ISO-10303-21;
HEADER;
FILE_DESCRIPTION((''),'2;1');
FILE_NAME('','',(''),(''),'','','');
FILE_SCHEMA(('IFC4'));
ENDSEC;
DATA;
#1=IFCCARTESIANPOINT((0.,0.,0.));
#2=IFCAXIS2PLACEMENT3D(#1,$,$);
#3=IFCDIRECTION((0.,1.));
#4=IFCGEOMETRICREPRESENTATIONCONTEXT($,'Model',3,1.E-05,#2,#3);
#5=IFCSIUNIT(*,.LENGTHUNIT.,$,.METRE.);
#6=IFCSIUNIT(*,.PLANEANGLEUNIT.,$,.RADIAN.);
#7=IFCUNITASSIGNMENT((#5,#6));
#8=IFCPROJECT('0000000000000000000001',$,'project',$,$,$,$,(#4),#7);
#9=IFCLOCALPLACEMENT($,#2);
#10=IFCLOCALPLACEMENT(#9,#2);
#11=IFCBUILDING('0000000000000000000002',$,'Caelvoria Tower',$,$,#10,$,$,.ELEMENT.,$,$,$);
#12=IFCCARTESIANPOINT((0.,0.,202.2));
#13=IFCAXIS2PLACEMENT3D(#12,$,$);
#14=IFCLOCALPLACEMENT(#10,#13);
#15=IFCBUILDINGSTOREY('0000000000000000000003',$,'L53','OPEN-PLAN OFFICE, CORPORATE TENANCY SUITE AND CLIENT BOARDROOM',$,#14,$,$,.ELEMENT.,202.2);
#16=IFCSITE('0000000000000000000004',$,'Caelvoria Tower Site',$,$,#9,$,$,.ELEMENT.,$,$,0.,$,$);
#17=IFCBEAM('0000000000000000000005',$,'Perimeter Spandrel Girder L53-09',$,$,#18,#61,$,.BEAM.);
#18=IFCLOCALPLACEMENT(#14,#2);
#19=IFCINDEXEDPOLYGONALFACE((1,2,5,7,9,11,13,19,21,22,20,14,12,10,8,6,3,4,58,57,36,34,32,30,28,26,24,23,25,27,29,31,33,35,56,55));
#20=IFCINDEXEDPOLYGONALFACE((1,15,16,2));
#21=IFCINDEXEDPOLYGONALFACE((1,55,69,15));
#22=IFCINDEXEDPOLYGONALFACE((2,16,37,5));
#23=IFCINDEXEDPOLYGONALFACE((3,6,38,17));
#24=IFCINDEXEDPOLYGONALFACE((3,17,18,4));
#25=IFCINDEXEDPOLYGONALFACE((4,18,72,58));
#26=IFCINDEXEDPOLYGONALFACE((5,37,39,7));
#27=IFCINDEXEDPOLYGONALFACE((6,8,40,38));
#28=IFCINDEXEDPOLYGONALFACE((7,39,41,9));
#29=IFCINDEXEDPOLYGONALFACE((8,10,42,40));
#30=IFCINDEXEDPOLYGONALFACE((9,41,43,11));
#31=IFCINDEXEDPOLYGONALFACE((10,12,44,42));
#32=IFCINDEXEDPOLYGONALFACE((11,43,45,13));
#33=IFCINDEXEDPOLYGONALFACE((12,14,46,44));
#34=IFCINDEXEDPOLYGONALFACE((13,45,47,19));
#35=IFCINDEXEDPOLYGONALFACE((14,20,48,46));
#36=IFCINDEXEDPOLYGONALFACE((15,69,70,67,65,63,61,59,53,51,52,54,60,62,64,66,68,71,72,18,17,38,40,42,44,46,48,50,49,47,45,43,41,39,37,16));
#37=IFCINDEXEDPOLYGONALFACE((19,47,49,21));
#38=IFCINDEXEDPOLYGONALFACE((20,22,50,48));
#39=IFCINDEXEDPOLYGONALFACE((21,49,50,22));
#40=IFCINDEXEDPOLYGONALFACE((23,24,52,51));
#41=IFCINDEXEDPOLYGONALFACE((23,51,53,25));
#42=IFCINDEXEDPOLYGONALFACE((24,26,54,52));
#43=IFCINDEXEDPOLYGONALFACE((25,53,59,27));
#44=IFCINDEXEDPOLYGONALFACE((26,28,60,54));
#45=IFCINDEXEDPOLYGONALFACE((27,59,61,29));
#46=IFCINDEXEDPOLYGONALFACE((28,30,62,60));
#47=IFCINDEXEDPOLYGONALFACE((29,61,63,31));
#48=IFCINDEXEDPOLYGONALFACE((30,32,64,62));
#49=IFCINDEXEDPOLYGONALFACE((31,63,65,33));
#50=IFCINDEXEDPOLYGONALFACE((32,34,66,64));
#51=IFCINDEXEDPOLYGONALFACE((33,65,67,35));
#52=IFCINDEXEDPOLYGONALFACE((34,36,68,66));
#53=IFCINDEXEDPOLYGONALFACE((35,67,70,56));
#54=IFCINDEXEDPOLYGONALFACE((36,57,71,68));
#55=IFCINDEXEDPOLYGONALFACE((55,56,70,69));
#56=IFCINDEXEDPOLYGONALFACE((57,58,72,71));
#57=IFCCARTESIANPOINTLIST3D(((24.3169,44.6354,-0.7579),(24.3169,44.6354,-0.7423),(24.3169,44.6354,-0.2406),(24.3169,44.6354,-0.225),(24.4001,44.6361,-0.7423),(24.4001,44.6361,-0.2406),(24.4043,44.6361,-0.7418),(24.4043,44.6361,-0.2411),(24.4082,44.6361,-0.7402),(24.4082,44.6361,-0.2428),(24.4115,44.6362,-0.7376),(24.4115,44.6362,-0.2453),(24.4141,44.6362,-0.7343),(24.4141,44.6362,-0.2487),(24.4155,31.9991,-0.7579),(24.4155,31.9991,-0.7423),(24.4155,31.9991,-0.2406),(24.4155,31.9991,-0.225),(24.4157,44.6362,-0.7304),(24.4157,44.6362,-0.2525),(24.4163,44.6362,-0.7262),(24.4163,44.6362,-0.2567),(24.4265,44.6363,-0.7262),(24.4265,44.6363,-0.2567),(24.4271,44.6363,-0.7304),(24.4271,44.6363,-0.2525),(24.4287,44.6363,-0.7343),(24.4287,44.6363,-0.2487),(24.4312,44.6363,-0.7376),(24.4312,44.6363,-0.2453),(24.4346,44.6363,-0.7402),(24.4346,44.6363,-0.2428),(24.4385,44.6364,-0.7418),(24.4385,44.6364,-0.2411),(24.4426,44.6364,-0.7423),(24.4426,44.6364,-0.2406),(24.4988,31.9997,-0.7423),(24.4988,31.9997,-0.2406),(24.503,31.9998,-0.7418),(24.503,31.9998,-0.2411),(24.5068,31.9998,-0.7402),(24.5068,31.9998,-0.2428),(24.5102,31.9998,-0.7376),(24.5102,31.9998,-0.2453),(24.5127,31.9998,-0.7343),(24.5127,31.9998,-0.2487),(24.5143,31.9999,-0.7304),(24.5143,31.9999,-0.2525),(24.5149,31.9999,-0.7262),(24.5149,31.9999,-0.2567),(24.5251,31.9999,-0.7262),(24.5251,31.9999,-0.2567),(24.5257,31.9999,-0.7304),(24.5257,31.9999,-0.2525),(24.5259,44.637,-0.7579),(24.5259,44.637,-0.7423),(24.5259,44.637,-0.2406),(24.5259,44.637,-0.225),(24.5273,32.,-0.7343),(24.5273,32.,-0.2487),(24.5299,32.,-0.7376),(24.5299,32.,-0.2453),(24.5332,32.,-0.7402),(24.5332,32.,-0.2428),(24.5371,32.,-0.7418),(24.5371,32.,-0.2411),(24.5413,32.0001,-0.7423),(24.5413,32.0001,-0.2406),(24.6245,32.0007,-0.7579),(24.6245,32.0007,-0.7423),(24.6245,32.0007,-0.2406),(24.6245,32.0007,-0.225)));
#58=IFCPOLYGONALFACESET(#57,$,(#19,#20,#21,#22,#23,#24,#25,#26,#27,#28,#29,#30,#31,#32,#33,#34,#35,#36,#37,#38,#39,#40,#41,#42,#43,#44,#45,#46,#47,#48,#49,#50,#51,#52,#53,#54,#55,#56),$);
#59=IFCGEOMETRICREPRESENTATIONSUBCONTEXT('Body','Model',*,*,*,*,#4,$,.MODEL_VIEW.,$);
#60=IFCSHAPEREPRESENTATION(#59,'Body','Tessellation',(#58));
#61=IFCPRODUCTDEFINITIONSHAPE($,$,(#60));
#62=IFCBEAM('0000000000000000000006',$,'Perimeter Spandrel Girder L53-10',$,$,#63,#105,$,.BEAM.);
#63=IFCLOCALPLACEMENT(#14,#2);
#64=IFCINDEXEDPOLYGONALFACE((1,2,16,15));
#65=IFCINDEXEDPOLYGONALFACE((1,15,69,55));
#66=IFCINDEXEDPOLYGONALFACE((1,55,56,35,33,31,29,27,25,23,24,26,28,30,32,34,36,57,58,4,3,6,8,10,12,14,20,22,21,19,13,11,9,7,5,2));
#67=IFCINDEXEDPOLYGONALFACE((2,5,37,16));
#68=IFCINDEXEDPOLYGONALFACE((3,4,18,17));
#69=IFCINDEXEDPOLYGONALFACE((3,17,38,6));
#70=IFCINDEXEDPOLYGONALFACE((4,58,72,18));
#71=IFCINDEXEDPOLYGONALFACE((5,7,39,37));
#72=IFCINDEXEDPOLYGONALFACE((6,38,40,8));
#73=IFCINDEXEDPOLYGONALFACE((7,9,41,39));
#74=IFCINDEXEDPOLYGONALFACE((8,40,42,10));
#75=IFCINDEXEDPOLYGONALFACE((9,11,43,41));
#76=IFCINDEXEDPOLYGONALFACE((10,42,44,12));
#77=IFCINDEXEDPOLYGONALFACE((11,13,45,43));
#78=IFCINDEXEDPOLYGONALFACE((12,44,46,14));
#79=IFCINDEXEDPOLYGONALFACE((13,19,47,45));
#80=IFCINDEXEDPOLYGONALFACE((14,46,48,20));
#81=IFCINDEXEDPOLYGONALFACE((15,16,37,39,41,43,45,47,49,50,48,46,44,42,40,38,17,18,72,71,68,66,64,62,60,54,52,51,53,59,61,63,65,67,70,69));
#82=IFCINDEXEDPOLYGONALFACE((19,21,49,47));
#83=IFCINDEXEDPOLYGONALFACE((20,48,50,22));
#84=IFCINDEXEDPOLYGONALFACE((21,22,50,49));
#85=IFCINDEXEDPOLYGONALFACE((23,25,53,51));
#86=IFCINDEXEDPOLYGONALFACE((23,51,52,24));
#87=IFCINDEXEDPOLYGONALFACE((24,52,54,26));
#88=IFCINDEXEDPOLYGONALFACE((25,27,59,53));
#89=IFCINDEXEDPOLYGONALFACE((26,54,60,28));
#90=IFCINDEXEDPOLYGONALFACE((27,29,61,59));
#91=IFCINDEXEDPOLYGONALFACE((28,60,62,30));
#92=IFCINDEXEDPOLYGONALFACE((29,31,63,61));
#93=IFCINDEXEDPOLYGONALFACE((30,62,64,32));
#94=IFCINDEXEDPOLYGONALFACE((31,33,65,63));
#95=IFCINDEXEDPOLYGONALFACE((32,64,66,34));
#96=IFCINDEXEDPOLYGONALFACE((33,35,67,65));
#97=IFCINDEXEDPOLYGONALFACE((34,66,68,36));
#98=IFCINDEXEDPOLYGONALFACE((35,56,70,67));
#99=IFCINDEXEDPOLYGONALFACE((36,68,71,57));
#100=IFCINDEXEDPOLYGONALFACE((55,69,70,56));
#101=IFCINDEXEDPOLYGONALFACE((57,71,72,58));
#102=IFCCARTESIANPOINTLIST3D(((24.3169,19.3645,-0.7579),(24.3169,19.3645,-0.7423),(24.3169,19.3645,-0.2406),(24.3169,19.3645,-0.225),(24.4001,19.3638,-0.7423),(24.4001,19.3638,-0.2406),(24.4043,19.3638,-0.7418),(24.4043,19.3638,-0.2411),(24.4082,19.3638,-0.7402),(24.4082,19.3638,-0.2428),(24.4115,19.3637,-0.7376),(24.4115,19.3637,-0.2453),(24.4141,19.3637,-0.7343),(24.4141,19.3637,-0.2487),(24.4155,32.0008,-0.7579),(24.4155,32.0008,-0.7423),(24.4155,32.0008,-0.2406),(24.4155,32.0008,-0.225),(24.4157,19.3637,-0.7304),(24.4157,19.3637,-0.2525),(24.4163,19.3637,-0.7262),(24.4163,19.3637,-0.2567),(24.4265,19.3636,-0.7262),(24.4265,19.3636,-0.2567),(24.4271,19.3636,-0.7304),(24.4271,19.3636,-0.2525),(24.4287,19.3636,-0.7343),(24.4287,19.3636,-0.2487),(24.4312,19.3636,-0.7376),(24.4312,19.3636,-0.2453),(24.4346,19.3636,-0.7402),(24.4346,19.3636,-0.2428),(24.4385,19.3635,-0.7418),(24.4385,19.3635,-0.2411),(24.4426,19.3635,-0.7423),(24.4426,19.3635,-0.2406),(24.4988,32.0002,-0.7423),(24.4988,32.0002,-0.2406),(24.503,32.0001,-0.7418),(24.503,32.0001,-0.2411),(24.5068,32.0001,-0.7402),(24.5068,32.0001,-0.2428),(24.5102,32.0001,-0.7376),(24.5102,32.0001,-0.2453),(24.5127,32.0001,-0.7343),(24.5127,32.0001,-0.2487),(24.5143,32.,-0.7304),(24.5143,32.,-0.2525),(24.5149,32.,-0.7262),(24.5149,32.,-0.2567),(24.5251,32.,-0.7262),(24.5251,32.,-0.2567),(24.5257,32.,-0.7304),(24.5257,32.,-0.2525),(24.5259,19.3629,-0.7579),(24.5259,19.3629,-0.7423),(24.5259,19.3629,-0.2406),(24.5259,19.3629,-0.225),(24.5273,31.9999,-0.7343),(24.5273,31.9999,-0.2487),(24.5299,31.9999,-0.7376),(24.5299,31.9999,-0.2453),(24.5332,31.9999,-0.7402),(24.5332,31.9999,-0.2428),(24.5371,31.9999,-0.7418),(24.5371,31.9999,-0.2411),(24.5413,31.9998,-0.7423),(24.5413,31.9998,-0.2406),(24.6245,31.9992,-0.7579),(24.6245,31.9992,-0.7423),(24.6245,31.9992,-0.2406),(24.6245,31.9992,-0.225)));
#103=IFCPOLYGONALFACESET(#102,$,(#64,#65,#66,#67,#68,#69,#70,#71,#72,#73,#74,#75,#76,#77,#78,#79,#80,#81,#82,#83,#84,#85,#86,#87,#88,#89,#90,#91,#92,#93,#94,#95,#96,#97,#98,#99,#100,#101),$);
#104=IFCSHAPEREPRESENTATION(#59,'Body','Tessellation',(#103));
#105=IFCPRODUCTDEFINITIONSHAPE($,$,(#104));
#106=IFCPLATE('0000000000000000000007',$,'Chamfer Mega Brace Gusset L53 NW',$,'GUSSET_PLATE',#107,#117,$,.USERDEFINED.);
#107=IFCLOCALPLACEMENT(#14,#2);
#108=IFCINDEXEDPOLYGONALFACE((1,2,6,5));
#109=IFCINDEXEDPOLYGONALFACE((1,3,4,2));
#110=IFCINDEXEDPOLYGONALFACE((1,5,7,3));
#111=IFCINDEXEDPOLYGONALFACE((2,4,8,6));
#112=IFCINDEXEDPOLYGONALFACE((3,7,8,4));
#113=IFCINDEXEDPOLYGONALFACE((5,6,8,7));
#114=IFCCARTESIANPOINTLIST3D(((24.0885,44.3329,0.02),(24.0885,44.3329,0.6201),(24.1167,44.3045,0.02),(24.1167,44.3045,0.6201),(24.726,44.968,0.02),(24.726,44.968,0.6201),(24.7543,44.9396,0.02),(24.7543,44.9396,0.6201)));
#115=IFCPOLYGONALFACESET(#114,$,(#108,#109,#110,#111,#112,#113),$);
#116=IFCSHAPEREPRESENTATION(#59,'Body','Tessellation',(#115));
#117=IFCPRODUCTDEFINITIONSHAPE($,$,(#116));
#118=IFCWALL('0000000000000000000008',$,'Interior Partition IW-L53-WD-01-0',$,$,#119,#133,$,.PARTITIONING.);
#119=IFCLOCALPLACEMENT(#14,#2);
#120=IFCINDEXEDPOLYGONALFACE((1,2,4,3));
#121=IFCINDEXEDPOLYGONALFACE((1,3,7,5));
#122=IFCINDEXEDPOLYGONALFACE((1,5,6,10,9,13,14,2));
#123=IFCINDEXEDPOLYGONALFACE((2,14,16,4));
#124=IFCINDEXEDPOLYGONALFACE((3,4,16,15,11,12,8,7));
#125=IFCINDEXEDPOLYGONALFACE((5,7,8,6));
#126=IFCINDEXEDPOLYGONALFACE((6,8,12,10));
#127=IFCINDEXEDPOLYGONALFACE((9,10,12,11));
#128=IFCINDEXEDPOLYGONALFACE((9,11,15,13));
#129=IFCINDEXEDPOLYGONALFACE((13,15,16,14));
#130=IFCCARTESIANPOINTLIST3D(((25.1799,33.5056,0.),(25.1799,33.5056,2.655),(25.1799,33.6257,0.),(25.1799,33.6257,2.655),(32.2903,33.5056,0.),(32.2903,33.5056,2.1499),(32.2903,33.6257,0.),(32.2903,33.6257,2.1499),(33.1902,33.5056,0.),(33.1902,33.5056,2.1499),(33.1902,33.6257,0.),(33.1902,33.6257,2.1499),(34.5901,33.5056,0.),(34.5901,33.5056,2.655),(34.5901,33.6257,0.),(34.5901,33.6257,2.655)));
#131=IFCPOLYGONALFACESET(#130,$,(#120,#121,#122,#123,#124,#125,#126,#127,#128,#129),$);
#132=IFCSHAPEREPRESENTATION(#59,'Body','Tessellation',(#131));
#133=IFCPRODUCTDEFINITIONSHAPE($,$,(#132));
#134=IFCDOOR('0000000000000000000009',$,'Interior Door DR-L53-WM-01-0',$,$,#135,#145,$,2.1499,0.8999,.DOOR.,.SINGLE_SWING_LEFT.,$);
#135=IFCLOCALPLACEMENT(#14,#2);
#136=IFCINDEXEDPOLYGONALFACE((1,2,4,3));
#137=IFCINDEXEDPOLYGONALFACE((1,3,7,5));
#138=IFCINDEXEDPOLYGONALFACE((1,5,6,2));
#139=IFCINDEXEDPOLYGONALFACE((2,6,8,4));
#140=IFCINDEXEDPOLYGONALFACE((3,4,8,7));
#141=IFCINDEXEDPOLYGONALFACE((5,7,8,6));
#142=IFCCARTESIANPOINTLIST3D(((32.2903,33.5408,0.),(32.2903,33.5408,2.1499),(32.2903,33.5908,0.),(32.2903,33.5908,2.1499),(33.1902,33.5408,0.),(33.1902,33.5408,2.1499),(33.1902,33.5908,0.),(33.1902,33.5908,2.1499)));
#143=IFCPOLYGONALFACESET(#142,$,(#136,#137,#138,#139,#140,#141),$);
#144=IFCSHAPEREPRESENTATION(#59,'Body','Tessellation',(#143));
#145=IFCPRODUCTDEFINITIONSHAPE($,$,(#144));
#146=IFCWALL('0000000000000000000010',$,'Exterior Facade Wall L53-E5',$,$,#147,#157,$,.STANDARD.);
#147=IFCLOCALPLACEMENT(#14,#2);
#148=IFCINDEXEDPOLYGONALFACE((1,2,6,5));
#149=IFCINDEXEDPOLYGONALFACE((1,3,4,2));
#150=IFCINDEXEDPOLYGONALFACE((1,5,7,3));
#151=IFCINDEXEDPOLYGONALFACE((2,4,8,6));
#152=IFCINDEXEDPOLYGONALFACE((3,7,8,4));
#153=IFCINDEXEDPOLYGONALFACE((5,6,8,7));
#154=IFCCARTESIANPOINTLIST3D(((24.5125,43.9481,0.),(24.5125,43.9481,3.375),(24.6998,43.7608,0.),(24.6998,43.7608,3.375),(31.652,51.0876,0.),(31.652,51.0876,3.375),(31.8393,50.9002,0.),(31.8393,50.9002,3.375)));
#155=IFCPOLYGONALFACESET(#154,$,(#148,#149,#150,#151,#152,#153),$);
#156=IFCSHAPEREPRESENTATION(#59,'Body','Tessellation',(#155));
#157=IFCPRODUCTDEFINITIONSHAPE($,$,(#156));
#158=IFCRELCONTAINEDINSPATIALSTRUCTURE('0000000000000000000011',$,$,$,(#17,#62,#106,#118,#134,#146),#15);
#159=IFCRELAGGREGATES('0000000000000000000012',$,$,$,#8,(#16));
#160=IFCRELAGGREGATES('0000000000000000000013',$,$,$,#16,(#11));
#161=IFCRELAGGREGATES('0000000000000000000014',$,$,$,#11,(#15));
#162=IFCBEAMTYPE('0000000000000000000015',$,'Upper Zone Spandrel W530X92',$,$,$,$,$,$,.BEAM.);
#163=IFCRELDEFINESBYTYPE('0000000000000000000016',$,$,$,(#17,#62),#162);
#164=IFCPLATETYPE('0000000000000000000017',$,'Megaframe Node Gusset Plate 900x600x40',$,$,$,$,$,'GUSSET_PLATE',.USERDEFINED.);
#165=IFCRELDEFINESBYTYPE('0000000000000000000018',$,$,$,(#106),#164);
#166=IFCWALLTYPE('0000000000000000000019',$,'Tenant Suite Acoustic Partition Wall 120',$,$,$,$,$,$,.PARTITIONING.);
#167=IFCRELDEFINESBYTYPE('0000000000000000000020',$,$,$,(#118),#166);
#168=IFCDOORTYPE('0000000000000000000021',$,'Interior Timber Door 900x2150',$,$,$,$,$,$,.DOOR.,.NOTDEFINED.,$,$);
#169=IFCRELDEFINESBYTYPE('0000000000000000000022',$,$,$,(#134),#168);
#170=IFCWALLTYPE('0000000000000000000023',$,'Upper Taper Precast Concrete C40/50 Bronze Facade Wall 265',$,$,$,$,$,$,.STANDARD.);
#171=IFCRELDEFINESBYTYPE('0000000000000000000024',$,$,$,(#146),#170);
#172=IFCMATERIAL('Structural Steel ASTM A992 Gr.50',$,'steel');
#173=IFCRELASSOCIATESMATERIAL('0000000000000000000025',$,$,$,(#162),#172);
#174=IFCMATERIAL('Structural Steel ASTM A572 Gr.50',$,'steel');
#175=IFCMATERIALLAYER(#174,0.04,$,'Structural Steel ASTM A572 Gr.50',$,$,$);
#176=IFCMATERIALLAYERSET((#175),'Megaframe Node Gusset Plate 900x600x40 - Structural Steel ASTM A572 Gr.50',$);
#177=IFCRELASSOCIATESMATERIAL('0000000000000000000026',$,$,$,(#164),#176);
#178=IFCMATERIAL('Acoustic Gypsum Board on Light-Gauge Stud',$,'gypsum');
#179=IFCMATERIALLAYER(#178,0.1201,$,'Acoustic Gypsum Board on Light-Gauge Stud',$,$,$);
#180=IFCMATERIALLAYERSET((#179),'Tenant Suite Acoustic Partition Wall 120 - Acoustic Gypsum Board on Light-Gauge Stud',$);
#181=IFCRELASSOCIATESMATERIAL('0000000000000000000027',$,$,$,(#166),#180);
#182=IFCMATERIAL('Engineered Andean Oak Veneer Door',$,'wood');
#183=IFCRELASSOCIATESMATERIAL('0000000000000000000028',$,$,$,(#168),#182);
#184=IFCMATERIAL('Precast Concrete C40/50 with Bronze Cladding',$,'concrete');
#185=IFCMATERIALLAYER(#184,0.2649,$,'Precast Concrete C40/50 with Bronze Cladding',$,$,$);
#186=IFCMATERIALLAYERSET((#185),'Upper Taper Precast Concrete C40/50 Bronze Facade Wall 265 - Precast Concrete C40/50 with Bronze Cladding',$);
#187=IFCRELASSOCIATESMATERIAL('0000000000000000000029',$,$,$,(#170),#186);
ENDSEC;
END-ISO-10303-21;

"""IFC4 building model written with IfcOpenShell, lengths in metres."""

from ifc_helpers import new_model, si_unit, direction, frame, frame_2d, origin, origin_2d, place, context, subcontext, project, spatial, rectangle, i_section, extrude, material, layer, layer_set, material_profile, profile_set, type_object, element, fill, save


model = new_model("IFC4")

# Units and contexts
model_context = context("Model", 3, precision=1e-05, world=origin(), true_north=direction((0.0, 1.0)))
body_context = subcontext(model_context, "Body", "Model", "MODEL_VIEW")
ifc_project = project(units=[si_unit("LENGTHUNIT", "METRE"), si_unit("PLANEANGLEUNIT", "RADIAN")], contexts=[model_context])

# Site, building, storey
site_placement = place(None, origin())
site = spatial("IfcSite", under=ifc_project, at=site_placement, Name="Caelvoria Tower Site", CompositionType="ELEMENT", RefElevation=0.0)
building_placement = place(site_placement, origin())
building = spatial("IfcBuilding", under=site, at=building_placement, Name="Caelvoria Tower", CompositionType="ELEMENT")
storey_placement = place(building_placement, frame((0.0, 0.0, 202.2)))
storey = spatial("IfcBuildingStorey", under=building, at=storey_placement, Name="L53", Description="OPEN-PLAN OFFICE, CORPORATE TENANCY SUITE AND CLIENT BOARDROOM", CompositionType="ELEMENT", Elevation=202.2)

# Shared definitions
ifc_material_1 = material(Name="Structural Steel ASTM A572 Gr.50", Category="steel")
ifc_material_2 = material(Name="Structural Steel ASTM A992 Gr.50", Category="steel")

# Beams
ifc_material_profile_1 = material_profile(ifc_material_2, i_section(OverallWidth=0.209, OverallDepth=0.533, WebThickness=0.0103, FlangeThickness=0.0156, FilletRadius=0.0161, at=origin_2d()), Name="Structural Steel ASTM A992 Gr.50")
ifc_profile_set_1 = profile_set([ifc_material_profile_1], Name="W530X92 - Structural Steel ASTM A992 Gr.50")
beam_type_1 = type_object("IfcBeamType", Name="Upper Zone Spandrel W530X92", PredefinedType="BEAM", material=ifc_profile_set_1)
for number, where, z_axis, x_axis, name in (
    (1, (24.4214, 44.6362, -0.4915), (0.007805, -0.99997, 0.0), (0.99997, 0.007805, 0.0), "Perimeter Spandrel Girder L53-09"),
    (2, (24.52, 32.0, -0.4915), (-0.007805, -0.99997, 0.0), (0.99997, -0.007805, 0.0), "Perimeter Spandrel Girder L53-10"),
):
    element("IfcBeam", number, at=place(storey_placement, frame(where, z_axis=z_axis, x_axis=x_axis)), inside=storey, type_object=beam_type_1, Name=name, PredefinedType="BEAM", context=body_context, shape_type="SweptSolid", body=[
        extrude(i_section(OverallWidth=0.209, OverallDepth=0.533, WebThickness=0.0103, FlangeThickness=0.0156, FilletRadius=0.0161, at=origin_2d()), origin(), (0.0, 0.0, 1.0), 12.6367),
    ])

# Plate
ifc_layer_1 = layer(ifc_material_1, 0.04, Name="Structural Steel ASTM A572 Gr.50")
ifc_layer_set_1 = layer_set([ifc_layer_1], Name="Megaframe Node Gusset Plate 900x600x40 - Structural Steel ASTM A572 Gr.50")
plate_type = type_object("IfcPlateType", Name="Megaframe Node Gusset Plate 900x600x40", ElementType="GUSSET_PLATE", PredefinedType="USERDEFINED", material=ifc_layer_set_1)
plate_placement = place(storey_placement, frame((24.4214, 44.6362, 0.02), z_axis=(0.0, 0.0, 1.0), x_axis=(0.708453, 0.705758, 0.0)))
element("IfcPlate", 3, at=plate_placement, inside=storey, type_object=plate_type, Name="Chamfer Mega Brace Gusset L53 NW", ObjectType="GUSSET_PLATE", PredefinedType="USERDEFINED", context=body_context, shape_type="SweptSolid", body=[
    extrude(rectangle(XDim=0.8999, YDim=0.04, at=origin_2d()), origin(), (0.0, 0.0, 1.0), 0.6001),
])

# Wall, opening, door
ifc_material_3 = material(Name="Acoustic Gypsum Board on Light-Gauge Stud", Category="gypsum")
ifc_layer_2 = layer(ifc_material_3, 0.1201, Name="Acoustic Gypsum Board on Light-Gauge Stud")
ifc_layer_set_2 = layer_set([ifc_layer_2], Name="Tenant Suite Acoustic Partition Wall 120 - Acoustic Gypsum Board on Light-Gauge Stud")
wall_type_1 = type_object("IfcWallType", Name="Tenant Suite Acoustic Partition Wall 120", PredefinedType="PARTITIONING", material=ifc_layer_set_2)
wall_1_placement = place(storey_placement, frame((34.5901, 33.5657, 0.0), z_axis=(0.0, 0.0, 1.0), x_axis=(-1.0, 0.0, 0.0)))
wall_1 = element("IfcWall", 4, at=wall_1_placement, inside=storey, type_object=wall_type_1, Name="Interior Partition IW-L53-WD-01-0", PredefinedType="PARTITIONING", context=body_context, shape_type="SweptSolid", body=[
    extrude(rectangle(XDim=9.4102, YDim=0.1201, at=frame_2d((4.7051, 0.0))), origin(), (0.0, 0.0, 1.0), 2.655),
])
opening_1_placement = place(wall_1_placement, frame((1.3999, 0.0, 0.0)))
opening_1 = element("IfcOpeningElement", 5, at=opening_1_placement, cuts=wall_1, PredefinedType="OPENING", context=body_context, shape_type="SweptSolid", body=[
    extrude(rectangle(XDim=0.8999, YDim=2.1499, at=frame_2d((0.45, 1.075))), frame((0.0, 0.0701, 0.0), z_axis=(0.0, -1.0, 0.0), x_axis=(1.0, 0.0, 0.0)), (0.0, 0.0, 1.0), 0.1401),
])
ifc_material_4 = material(Name="Engineered Andean Oak Veneer Door", Category="wood")
door_type = type_object("IfcDoorType", Name="Interior Timber Door 900x2150", OperationType="NOTDEFINED", PredefinedType="DOOR", material=ifc_material_4)
door_placement = place(opening_1_placement, origin())
door = element("IfcDoor", 6, at=door_placement, inside=storey, type_object=door_type, Name="Interior Door DR-L53-WM-01-0", OperationType="SINGLE_SWING_LEFT", OverallHeight=2.1499, OverallWidth=0.8999, PredefinedType="DOOR", context=body_context, shape_type="SweptSolid", body=[
    extrude(rectangle(XDim=0.8999, YDim=2.1499, at=frame_2d((0.45, 1.075))), frame((0.0, 0.0249, 0.0), z_axis=(0.0, -1.0, 0.0), x_axis=(1.0, 0.0, 0.0)), (0.0, 0.0, 1.0), 0.05),
])
fill(opening_1, door)

# Wall
ifc_material_5 = material(Name="Precast Concrete C40/50 with Bronze Cladding", Category="concrete")
ifc_layer_3 = layer(ifc_material_5, 0.2649, Name="Precast Concrete C40/50 with Bronze Cladding")
ifc_layer_set_3 = layer_set([ifc_layer_3], Name="Upper Taper Precast Concrete C40/50 Bronze Facade Wall 265 - Precast Concrete C40/50 with Bronze Cladding")
wall_type_2 = type_object("IfcWallType", Name="Upper Taper Precast Concrete C40/50 Bronze Facade Wall 265", PredefinedType="STANDARD", material=ifc_layer_set_3)
wall_2_placement = place(storey_placement, frame((31.7456, 50.9939, 0.0), z_axis=(0.0, 0.0, 1.0), x_axis=(-0.707107, -0.707107, 0.0)))
element("IfcWall", 7, at=wall_2_placement, inside=storey, type_object=wall_type_2, Name="Exterior Facade Wall L53-E5", PredefinedType="STANDARD", context=body_context, shape_type="SweptSolid", body=[
    extrude(rectangle(XDim=10.0967, YDim=0.2649, at=frame_2d((5.0483, 0.0))), origin(), (0.0, 0.0, 1.0), 3.375),
])

save(model, "model.ifc")
